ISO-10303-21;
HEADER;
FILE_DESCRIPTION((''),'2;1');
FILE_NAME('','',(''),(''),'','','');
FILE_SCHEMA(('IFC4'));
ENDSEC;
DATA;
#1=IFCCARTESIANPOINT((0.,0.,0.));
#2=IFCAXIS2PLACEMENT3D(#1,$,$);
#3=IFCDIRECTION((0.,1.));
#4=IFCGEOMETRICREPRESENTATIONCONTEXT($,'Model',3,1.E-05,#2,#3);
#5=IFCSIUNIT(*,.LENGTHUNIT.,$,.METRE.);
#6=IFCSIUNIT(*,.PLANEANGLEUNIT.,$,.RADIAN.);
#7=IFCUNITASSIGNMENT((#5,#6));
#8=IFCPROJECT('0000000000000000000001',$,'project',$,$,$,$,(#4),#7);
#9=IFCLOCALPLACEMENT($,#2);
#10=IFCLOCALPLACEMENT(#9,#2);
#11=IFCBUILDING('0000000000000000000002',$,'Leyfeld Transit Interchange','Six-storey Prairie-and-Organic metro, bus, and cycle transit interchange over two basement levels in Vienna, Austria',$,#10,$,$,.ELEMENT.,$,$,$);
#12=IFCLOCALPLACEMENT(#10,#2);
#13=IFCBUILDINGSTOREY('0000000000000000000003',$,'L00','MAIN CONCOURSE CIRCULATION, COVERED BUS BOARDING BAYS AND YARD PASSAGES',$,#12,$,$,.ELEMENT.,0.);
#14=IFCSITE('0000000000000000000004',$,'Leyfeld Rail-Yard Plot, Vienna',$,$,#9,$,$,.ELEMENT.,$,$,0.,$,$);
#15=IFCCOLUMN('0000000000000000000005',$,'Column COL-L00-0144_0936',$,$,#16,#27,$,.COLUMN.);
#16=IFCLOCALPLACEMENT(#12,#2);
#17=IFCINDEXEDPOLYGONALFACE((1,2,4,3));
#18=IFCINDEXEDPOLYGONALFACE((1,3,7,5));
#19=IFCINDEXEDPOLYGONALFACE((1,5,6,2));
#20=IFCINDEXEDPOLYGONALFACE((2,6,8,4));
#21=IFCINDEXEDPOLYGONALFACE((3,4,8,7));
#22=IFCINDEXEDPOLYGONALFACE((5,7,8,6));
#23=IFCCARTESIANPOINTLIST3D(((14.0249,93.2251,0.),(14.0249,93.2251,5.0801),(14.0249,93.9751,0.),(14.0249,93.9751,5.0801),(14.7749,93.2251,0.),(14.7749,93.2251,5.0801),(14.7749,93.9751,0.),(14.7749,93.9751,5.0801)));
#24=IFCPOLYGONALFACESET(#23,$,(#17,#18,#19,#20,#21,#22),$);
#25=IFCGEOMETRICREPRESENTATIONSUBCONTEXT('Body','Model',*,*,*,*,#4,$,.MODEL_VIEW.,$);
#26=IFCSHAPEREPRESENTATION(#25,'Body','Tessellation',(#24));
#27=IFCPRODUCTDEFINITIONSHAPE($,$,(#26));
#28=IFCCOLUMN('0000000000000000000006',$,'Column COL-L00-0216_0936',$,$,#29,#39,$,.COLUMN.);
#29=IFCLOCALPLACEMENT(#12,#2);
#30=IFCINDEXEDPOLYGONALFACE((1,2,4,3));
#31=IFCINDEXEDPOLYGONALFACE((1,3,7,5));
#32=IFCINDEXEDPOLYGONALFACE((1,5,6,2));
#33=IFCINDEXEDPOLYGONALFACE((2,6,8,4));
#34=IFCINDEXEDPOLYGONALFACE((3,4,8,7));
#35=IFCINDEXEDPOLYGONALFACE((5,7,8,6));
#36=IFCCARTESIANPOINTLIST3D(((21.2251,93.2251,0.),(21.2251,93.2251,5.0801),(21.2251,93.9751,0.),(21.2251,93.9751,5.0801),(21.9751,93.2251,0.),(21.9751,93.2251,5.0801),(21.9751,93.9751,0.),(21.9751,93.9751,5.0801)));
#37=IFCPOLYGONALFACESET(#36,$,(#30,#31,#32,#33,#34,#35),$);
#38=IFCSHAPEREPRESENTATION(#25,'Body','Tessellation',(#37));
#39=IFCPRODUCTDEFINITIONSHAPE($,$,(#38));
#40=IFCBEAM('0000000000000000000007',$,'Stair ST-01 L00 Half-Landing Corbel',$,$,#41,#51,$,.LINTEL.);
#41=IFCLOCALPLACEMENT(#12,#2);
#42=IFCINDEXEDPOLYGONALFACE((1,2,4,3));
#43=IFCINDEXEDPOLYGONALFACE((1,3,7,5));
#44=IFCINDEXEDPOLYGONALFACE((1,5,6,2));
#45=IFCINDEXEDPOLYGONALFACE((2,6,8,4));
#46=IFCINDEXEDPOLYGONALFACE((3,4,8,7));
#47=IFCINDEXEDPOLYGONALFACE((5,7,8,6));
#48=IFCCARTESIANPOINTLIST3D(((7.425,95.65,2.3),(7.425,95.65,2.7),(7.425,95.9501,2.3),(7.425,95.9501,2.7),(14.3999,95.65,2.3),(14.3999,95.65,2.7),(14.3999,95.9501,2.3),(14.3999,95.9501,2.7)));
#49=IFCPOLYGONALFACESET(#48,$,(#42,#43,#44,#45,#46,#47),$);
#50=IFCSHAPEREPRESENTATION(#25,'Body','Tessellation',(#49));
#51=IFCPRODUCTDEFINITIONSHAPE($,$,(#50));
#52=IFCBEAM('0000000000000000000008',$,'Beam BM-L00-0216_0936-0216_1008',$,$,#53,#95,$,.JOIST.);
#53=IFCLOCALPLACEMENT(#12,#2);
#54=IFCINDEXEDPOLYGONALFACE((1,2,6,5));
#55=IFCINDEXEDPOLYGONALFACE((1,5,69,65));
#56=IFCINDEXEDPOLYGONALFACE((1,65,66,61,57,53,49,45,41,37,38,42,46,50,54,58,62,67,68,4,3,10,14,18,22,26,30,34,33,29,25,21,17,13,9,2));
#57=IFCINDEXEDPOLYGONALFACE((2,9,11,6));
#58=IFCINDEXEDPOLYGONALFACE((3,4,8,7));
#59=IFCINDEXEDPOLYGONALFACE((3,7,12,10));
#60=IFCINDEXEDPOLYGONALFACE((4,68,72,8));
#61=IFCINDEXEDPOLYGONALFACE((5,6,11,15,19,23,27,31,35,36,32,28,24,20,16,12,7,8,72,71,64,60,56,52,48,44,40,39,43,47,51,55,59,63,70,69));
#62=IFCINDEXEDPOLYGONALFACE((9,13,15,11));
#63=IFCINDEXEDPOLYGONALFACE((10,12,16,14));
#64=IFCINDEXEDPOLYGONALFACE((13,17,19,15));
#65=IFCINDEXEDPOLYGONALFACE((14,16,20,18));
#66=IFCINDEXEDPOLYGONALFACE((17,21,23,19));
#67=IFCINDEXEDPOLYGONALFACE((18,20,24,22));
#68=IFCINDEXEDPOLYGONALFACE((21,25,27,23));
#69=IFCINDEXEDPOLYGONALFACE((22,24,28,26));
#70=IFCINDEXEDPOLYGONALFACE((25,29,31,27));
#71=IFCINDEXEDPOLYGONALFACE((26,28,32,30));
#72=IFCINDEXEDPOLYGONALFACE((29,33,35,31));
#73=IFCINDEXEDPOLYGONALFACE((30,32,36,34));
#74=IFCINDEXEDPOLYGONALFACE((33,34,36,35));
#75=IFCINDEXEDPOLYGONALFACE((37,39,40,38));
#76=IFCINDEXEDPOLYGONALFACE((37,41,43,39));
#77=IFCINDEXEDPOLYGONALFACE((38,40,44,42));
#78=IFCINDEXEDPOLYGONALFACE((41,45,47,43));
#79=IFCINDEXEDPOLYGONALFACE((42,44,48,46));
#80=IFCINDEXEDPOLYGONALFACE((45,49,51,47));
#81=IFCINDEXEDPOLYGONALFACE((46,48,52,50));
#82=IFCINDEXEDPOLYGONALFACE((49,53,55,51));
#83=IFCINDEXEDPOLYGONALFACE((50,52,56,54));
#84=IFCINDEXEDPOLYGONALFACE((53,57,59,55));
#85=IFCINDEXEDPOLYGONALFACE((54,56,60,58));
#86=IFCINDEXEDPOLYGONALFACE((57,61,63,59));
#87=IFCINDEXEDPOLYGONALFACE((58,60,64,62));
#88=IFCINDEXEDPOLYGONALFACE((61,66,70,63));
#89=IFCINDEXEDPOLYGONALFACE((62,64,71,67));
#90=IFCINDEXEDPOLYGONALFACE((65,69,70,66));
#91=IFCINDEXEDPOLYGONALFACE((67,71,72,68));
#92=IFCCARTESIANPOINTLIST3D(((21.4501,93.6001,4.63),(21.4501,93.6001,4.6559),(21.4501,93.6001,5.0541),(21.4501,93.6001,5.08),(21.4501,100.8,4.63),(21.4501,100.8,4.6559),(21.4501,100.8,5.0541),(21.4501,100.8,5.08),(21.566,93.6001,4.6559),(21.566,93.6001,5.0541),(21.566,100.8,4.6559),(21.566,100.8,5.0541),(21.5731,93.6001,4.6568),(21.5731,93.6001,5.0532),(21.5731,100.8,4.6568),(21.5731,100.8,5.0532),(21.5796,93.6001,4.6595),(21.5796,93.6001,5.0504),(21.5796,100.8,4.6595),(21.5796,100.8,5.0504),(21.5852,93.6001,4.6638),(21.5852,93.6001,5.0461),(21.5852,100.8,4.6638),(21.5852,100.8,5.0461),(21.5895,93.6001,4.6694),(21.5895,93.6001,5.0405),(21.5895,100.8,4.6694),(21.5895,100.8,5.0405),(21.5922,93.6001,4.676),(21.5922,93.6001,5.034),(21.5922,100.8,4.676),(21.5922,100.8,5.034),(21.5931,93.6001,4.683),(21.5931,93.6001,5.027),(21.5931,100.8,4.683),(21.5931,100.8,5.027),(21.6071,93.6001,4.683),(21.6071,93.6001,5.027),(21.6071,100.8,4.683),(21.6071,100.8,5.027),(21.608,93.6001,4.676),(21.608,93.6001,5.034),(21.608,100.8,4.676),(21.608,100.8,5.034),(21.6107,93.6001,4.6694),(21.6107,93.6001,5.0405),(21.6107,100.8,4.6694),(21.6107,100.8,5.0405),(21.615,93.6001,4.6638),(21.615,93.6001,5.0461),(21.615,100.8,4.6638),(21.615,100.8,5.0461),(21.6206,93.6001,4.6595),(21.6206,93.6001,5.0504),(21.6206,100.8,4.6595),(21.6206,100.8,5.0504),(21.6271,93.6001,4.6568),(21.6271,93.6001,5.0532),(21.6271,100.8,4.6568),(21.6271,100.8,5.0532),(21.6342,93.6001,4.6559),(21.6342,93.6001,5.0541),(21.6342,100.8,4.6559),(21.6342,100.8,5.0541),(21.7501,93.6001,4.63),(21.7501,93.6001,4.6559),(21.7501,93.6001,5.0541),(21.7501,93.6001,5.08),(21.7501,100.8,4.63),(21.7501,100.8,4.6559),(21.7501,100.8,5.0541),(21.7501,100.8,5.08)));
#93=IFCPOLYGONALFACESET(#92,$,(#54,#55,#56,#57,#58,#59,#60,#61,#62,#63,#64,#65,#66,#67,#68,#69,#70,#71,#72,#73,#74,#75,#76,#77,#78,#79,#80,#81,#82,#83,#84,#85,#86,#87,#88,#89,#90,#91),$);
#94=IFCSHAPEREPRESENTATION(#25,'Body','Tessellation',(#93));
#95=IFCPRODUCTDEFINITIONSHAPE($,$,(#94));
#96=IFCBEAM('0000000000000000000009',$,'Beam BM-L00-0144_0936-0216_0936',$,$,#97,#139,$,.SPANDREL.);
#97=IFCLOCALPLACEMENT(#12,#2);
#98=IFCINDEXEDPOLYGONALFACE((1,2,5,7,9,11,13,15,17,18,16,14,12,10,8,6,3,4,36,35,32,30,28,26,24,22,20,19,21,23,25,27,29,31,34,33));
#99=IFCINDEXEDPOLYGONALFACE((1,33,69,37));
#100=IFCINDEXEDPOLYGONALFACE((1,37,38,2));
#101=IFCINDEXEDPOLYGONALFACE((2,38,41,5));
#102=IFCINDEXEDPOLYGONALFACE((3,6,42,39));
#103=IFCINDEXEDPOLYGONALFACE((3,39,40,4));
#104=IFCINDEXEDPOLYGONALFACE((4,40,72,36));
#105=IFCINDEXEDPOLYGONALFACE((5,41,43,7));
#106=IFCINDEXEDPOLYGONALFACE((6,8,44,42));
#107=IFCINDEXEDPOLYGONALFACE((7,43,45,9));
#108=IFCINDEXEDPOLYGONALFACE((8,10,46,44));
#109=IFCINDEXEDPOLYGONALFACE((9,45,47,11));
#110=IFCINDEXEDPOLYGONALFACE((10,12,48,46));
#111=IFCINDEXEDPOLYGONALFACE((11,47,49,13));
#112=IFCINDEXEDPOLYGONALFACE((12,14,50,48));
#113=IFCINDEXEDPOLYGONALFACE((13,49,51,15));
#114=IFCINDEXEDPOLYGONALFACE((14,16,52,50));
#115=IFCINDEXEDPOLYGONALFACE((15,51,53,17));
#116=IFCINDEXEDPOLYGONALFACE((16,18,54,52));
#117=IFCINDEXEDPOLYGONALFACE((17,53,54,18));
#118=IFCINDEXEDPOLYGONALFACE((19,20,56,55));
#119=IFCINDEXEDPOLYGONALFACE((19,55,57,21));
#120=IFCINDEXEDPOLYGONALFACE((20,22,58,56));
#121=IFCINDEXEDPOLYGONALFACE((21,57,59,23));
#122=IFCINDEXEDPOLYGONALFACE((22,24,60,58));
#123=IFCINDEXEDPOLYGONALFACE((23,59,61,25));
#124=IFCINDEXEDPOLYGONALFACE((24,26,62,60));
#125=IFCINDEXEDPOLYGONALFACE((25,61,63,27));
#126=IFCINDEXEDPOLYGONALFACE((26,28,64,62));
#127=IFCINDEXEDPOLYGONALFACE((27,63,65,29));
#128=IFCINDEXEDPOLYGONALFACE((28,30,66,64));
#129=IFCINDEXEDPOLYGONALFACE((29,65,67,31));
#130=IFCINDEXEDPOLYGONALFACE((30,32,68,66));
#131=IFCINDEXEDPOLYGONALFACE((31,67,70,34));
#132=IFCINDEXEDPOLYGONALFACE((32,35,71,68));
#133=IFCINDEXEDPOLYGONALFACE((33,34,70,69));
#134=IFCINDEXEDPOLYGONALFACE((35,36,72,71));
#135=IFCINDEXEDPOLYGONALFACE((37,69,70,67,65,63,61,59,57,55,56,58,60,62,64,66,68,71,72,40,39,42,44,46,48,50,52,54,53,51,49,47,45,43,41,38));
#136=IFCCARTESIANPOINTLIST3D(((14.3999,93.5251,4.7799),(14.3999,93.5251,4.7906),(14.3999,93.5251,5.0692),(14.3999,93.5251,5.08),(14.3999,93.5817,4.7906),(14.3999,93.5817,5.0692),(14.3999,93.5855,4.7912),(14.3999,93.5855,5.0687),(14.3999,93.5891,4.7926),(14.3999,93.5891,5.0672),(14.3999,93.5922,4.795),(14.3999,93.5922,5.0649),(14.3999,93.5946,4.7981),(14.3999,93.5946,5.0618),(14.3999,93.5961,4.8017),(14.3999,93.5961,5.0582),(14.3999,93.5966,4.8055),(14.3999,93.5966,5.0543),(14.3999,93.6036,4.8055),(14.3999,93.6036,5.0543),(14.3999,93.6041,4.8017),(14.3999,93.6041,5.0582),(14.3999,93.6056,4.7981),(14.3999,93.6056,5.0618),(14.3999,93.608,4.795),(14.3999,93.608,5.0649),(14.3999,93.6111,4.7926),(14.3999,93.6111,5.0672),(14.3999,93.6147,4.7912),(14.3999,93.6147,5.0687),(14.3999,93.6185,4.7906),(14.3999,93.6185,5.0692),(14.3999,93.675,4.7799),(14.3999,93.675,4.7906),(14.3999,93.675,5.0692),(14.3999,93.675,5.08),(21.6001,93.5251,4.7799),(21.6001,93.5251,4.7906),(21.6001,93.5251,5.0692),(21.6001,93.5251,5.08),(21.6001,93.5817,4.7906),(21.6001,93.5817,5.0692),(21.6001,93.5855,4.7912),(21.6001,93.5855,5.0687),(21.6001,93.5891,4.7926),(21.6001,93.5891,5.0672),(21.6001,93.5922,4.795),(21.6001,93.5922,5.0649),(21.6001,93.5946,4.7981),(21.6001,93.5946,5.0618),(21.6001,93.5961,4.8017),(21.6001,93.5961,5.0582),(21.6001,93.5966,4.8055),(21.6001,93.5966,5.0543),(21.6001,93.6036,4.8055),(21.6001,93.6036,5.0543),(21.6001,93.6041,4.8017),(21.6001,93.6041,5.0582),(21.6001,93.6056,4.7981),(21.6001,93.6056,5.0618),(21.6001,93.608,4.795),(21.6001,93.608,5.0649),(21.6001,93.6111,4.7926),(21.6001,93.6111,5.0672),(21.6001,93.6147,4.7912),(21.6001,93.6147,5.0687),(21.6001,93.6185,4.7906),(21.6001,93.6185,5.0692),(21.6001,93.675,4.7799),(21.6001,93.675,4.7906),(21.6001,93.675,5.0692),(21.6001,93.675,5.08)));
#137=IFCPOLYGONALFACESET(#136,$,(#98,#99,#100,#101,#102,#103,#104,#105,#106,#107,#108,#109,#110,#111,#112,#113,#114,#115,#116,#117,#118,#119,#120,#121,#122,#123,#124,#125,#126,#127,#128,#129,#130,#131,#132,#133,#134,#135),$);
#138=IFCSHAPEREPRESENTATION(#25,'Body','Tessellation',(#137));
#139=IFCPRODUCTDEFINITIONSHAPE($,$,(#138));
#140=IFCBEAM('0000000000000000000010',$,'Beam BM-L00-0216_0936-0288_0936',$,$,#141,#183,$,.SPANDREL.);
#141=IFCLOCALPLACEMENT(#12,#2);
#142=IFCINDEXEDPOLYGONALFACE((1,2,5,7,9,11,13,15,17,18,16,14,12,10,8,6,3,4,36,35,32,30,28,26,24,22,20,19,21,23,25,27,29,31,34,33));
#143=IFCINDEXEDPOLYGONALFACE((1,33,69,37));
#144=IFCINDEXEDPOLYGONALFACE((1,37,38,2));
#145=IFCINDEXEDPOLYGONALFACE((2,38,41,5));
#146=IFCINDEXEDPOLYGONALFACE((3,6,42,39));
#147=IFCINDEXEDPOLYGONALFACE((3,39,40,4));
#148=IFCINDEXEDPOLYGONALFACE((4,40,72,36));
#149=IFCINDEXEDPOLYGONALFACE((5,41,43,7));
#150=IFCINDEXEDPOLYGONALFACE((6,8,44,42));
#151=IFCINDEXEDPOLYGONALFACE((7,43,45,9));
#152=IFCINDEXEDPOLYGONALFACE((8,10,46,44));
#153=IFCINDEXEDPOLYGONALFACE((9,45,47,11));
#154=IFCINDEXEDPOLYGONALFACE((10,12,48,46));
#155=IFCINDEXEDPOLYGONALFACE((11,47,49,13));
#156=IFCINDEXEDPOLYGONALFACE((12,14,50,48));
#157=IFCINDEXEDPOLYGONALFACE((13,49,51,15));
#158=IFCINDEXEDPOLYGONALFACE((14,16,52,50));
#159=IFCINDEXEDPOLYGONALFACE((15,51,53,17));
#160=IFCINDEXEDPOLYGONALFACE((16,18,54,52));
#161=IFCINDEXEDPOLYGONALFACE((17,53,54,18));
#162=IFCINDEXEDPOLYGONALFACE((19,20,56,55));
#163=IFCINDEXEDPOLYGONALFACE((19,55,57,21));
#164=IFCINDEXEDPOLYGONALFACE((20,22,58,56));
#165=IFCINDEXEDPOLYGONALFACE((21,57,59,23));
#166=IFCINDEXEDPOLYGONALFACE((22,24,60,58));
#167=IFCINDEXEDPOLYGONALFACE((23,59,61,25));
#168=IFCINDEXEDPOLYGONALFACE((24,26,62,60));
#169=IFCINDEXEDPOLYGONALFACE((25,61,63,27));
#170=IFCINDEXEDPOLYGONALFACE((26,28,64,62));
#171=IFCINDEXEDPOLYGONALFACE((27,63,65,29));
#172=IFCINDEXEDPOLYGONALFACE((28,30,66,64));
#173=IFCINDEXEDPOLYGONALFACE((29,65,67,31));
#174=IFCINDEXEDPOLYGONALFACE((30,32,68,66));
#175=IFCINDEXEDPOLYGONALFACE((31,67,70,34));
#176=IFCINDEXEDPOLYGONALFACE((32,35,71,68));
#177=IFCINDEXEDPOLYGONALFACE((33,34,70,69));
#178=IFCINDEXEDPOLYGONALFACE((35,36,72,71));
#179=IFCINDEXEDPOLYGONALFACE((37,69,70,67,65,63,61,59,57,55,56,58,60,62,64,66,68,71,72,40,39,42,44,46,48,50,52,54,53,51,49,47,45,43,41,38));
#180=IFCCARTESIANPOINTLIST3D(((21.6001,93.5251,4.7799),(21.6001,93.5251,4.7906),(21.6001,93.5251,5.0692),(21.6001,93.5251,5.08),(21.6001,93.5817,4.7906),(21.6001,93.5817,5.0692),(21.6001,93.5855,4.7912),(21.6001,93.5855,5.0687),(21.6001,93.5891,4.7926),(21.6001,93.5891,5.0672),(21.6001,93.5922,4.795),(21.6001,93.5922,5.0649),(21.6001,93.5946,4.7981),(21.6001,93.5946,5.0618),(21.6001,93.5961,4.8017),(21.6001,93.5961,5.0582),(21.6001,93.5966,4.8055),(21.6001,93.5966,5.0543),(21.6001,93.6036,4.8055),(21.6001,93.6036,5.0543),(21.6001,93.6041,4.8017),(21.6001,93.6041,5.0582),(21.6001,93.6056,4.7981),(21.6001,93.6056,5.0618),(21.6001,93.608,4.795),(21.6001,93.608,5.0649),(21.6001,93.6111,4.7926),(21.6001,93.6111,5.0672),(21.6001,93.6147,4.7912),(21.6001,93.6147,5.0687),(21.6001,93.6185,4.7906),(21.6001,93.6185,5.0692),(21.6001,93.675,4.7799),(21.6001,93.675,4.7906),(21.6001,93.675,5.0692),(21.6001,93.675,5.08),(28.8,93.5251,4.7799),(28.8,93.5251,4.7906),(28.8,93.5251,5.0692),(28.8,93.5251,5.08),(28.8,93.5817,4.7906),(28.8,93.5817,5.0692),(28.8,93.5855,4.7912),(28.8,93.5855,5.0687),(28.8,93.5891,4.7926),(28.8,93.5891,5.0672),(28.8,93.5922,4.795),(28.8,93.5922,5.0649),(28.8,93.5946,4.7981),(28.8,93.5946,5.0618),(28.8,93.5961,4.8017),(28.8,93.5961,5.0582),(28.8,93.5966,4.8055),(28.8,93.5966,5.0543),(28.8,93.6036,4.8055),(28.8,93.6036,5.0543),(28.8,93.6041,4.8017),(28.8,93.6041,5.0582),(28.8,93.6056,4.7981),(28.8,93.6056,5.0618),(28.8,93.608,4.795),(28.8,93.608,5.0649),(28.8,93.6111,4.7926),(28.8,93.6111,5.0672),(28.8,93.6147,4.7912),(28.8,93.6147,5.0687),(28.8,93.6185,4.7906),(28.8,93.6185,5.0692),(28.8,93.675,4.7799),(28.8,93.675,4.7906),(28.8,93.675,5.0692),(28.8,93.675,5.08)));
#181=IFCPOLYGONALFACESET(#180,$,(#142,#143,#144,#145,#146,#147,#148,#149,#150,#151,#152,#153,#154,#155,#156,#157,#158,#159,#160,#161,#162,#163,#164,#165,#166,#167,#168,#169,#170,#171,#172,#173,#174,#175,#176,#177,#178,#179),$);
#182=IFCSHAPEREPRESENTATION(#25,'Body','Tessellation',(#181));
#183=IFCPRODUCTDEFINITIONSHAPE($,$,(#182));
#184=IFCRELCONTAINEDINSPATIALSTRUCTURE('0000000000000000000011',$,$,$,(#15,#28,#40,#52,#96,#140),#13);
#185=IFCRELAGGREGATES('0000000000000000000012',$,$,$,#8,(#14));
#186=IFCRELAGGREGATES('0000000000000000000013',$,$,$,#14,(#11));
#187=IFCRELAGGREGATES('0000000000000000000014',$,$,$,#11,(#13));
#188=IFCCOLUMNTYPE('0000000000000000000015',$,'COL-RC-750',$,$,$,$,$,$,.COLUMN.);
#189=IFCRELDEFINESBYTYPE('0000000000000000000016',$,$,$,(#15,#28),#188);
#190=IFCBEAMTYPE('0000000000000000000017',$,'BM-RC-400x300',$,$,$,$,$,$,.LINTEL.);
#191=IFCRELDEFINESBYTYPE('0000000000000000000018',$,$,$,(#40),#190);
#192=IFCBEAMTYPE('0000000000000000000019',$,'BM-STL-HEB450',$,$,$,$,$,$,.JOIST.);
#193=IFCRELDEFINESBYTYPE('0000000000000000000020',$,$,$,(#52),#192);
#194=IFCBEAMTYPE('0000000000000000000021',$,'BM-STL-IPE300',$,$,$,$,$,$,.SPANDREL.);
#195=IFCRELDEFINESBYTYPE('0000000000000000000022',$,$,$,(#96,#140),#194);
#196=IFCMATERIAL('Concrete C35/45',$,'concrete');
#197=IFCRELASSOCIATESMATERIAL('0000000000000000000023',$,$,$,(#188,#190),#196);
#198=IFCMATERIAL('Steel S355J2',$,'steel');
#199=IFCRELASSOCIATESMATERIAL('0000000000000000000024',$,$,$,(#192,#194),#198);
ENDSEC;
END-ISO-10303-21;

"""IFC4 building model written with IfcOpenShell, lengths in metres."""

from ifc_helpers import new_model, si_unit, direction, frame, origin, origin_2d, place, context, subcontext, project, spatial, rectangle, i_section, extrude, material, material_profile, profile_set, type_object, element, save


model = new_model("IFC4")

# Units and contexts
model_context = context("Model", 3, precision=1e-05, world=origin(), true_north=direction((0.0, 1.0)))
body_context = subcontext(model_context, "Body", "Model", "MODEL_VIEW")
ifc_project = project(units=[si_unit("LENGTHUNIT", "METRE"), si_unit("PLANEANGLEUNIT", "RADIAN")], contexts=[model_context])

# Site, building, storey
site_placement = place(None, origin())
site = spatial("IfcSite", under=ifc_project, at=site_placement, Name="Leyfeld Rail-Yard Plot, Vienna", CompositionType="ELEMENT", RefElevation=0.0)
building_placement = place(site_placement, origin())
building = spatial("IfcBuilding", under=site, at=building_placement, Name="Leyfeld Transit Interchange", Description="Six-storey Prairie-and-Organic metro, bus, and cycle transit interchange over two basement levels in Vienna, Austria", CompositionType="ELEMENT")
storey_placement = place(building_placement, origin())
storey = spatial("IfcBuildingStorey", under=building, at=storey_placement, Name="L00", Description="MAIN CONCOURSE CIRCULATION, COVERED BUS BOARDING BAYS AND YARD PASSAGES", CompositionType="ELEMENT", Elevation=0.0)

# Columns
ifc_material_1 = material(Name="Concrete C35/45", Category="concrete")
ifc_material_profile_1 = material_profile(ifc_material_1, rectangle(XDim=0.75, YDim=0.75, at=origin_2d()), Name="RC 750x750")
ifc_profile_set_1 = profile_set([ifc_material_profile_1], Name="Concrete C35/45")
column_type = type_object("IfcColumnType", Name="COL-RC-750", PredefinedType="COLUMN", material=ifc_profile_set_1)
for number, where, z_axis, x_axis, name in (
    (1, (14.3999, 93.6001, 0.0), (0.0, 0.0, 1.0), (1.0, 0.0, 0.0), "Column COL-L00-0144_0936"),
    (2, (21.6001, 93.6001, 0.0), (0.0, 0.0, 1.0), (1.0, 0.0, 0.0), "Column COL-L00-0216_0936"),
):
    element("IfcColumn", number, at=place(storey_placement, frame(where, z_axis=z_axis, x_axis=x_axis)), inside=storey, type_object=column_type, Name=name, PredefinedType="COLUMN", context=body_context, shape_type="SweptSolid", body=[
        extrude(rectangle(XDim=0.75, YDim=0.75, at=origin_2d()), origin(), (0.0, 0.0, 1.0), 5.0801),
    ])

# Beams
ifc_material_profile_2 = material_profile(ifc_material_1, rectangle(XDim=0.3, YDim=0.3999, at=origin_2d()), Name="RC 400x300")
ifc_profile_set_2 = profile_set([ifc_material_profile_2], Name="Concrete C35/45")
beam_type_1 = type_object("IfcBeamType", Name="BM-RC-400x300", PredefinedType="LINTEL", material=ifc_profile_set_2)
beam_1_placement = place(storey_placement, frame((7.425, 95.8, 2.5), z_axis=(1.0, 0.0, 0.0), x_axis=(0.0, 1.0, 0.0)))
element("IfcBeam", 3, at=beam_1_placement, inside=storey, type_object=beam_type_1, Name="Stair ST-01 L00 Half-Landing Corbel", PredefinedType="LINTEL", context=body_context, shape_type="SweptSolid", body=[
    extrude(rectangle(XDim=0.3, YDim=0.3999, at=origin_2d()), origin(), (0.0, 0.0, 1.0), 6.9749),
])
ifc_material_2 = material(Name="Steel S355J2", Category="steel")
ifc_material_profile_3 = material_profile(ifc_material_2, i_section(OverallWidth=0.3, OverallDepth=0.45, WebThickness=0.0139, FlangeThickness=0.0259, FilletRadius=0.0271, at=origin_2d()), Name="HEB 450")
ifc_profile_set_3 = profile_set([ifc_material_profile_3], Name="Steel S355J2")
beam_type_2 = type_object("IfcBeamType", Name="BM-STL-HEB450", PredefinedType="JOIST", material=ifc_profile_set_3)
beam_2_placement = place(storey_placement, frame((21.6001, 93.6001, 4.855), z_axis=(0.0, 1.0, 0.0), x_axis=(-1.0, 0.0, 0.0)))
element("IfcBeam", 4, at=beam_2_placement, inside=storey, type_object=beam_type_2, Name="Beam BM-L00-0216_0936-0216_1008", PredefinedType="JOIST", context=body_context, shape_type="SweptSolid", body=[
    extrude(i_section(OverallWidth=0.3, OverallDepth=0.45, WebThickness=0.0139, FlangeThickness=0.0259, FilletRadius=0.0271, at=origin_2d()), origin(), (0.0, 0.0, 1.0), 7.2),
])
ifc_material_profile_4 = material_profile(ifc_material_2, i_section(OverallWidth=0.1499, OverallDepth=0.3, WebThickness=0.0071, FlangeThickness=0.0107, FilletRadius=0.0149, at=origin_2d()), Name="IPE 300")
ifc_profile_set_4 = profile_set([ifc_material_profile_4], Name="Steel S355J2")
beam_type_3 = type_object("IfcBeamType", Name="BM-STL-IPE300", PredefinedType="SPANDREL", material=ifc_profile_set_4)
beam_3_placement = place(storey_placement, frame((14.3999, 93.6001, 4.9299), z_axis=(1.0, 0.0, 0.0), x_axis=(0.0, 1.0, 0.0)))
element("IfcBeam", 5, at=beam_3_placement, inside=storey, type_object=beam_type_3, Name="Beam BM-L00-0144_0936-0216_0936", PredefinedType="SPANDREL", context=body_context, shape_type="SweptSolid", body=[
    extrude(i_section(OverallWidth=0.1499, OverallDepth=0.3, WebThickness=0.0071, FlangeThickness=0.0107, FilletRadius=0.0149, at=origin_2d()), origin(), (0.0, 0.0, 1.0), 7.2002),
])
beam_4_placement = place(storey_placement, frame((21.6001, 93.6001, 4.9299), z_axis=(1.0, 0.0, 0.0), x_axis=(0.0, 1.0, 0.0)))
element("IfcBeam", 6, at=beam_4_placement, inside=storey, type_object=beam_type_3, Name="Beam BM-L00-0216_0936-0288_0936", PredefinedType="SPANDREL", context=body_context, shape_type="SweptSolid", body=[
    extrude(i_section(OverallWidth=0.1499, OverallDepth=0.3, WebThickness=0.0071, FlangeThickness=0.0107, FilletRadius=0.0149, at=origin_2d()), origin(), (0.0, 0.0, 1.0), 7.2),
])

save(model, "model.ifc")
